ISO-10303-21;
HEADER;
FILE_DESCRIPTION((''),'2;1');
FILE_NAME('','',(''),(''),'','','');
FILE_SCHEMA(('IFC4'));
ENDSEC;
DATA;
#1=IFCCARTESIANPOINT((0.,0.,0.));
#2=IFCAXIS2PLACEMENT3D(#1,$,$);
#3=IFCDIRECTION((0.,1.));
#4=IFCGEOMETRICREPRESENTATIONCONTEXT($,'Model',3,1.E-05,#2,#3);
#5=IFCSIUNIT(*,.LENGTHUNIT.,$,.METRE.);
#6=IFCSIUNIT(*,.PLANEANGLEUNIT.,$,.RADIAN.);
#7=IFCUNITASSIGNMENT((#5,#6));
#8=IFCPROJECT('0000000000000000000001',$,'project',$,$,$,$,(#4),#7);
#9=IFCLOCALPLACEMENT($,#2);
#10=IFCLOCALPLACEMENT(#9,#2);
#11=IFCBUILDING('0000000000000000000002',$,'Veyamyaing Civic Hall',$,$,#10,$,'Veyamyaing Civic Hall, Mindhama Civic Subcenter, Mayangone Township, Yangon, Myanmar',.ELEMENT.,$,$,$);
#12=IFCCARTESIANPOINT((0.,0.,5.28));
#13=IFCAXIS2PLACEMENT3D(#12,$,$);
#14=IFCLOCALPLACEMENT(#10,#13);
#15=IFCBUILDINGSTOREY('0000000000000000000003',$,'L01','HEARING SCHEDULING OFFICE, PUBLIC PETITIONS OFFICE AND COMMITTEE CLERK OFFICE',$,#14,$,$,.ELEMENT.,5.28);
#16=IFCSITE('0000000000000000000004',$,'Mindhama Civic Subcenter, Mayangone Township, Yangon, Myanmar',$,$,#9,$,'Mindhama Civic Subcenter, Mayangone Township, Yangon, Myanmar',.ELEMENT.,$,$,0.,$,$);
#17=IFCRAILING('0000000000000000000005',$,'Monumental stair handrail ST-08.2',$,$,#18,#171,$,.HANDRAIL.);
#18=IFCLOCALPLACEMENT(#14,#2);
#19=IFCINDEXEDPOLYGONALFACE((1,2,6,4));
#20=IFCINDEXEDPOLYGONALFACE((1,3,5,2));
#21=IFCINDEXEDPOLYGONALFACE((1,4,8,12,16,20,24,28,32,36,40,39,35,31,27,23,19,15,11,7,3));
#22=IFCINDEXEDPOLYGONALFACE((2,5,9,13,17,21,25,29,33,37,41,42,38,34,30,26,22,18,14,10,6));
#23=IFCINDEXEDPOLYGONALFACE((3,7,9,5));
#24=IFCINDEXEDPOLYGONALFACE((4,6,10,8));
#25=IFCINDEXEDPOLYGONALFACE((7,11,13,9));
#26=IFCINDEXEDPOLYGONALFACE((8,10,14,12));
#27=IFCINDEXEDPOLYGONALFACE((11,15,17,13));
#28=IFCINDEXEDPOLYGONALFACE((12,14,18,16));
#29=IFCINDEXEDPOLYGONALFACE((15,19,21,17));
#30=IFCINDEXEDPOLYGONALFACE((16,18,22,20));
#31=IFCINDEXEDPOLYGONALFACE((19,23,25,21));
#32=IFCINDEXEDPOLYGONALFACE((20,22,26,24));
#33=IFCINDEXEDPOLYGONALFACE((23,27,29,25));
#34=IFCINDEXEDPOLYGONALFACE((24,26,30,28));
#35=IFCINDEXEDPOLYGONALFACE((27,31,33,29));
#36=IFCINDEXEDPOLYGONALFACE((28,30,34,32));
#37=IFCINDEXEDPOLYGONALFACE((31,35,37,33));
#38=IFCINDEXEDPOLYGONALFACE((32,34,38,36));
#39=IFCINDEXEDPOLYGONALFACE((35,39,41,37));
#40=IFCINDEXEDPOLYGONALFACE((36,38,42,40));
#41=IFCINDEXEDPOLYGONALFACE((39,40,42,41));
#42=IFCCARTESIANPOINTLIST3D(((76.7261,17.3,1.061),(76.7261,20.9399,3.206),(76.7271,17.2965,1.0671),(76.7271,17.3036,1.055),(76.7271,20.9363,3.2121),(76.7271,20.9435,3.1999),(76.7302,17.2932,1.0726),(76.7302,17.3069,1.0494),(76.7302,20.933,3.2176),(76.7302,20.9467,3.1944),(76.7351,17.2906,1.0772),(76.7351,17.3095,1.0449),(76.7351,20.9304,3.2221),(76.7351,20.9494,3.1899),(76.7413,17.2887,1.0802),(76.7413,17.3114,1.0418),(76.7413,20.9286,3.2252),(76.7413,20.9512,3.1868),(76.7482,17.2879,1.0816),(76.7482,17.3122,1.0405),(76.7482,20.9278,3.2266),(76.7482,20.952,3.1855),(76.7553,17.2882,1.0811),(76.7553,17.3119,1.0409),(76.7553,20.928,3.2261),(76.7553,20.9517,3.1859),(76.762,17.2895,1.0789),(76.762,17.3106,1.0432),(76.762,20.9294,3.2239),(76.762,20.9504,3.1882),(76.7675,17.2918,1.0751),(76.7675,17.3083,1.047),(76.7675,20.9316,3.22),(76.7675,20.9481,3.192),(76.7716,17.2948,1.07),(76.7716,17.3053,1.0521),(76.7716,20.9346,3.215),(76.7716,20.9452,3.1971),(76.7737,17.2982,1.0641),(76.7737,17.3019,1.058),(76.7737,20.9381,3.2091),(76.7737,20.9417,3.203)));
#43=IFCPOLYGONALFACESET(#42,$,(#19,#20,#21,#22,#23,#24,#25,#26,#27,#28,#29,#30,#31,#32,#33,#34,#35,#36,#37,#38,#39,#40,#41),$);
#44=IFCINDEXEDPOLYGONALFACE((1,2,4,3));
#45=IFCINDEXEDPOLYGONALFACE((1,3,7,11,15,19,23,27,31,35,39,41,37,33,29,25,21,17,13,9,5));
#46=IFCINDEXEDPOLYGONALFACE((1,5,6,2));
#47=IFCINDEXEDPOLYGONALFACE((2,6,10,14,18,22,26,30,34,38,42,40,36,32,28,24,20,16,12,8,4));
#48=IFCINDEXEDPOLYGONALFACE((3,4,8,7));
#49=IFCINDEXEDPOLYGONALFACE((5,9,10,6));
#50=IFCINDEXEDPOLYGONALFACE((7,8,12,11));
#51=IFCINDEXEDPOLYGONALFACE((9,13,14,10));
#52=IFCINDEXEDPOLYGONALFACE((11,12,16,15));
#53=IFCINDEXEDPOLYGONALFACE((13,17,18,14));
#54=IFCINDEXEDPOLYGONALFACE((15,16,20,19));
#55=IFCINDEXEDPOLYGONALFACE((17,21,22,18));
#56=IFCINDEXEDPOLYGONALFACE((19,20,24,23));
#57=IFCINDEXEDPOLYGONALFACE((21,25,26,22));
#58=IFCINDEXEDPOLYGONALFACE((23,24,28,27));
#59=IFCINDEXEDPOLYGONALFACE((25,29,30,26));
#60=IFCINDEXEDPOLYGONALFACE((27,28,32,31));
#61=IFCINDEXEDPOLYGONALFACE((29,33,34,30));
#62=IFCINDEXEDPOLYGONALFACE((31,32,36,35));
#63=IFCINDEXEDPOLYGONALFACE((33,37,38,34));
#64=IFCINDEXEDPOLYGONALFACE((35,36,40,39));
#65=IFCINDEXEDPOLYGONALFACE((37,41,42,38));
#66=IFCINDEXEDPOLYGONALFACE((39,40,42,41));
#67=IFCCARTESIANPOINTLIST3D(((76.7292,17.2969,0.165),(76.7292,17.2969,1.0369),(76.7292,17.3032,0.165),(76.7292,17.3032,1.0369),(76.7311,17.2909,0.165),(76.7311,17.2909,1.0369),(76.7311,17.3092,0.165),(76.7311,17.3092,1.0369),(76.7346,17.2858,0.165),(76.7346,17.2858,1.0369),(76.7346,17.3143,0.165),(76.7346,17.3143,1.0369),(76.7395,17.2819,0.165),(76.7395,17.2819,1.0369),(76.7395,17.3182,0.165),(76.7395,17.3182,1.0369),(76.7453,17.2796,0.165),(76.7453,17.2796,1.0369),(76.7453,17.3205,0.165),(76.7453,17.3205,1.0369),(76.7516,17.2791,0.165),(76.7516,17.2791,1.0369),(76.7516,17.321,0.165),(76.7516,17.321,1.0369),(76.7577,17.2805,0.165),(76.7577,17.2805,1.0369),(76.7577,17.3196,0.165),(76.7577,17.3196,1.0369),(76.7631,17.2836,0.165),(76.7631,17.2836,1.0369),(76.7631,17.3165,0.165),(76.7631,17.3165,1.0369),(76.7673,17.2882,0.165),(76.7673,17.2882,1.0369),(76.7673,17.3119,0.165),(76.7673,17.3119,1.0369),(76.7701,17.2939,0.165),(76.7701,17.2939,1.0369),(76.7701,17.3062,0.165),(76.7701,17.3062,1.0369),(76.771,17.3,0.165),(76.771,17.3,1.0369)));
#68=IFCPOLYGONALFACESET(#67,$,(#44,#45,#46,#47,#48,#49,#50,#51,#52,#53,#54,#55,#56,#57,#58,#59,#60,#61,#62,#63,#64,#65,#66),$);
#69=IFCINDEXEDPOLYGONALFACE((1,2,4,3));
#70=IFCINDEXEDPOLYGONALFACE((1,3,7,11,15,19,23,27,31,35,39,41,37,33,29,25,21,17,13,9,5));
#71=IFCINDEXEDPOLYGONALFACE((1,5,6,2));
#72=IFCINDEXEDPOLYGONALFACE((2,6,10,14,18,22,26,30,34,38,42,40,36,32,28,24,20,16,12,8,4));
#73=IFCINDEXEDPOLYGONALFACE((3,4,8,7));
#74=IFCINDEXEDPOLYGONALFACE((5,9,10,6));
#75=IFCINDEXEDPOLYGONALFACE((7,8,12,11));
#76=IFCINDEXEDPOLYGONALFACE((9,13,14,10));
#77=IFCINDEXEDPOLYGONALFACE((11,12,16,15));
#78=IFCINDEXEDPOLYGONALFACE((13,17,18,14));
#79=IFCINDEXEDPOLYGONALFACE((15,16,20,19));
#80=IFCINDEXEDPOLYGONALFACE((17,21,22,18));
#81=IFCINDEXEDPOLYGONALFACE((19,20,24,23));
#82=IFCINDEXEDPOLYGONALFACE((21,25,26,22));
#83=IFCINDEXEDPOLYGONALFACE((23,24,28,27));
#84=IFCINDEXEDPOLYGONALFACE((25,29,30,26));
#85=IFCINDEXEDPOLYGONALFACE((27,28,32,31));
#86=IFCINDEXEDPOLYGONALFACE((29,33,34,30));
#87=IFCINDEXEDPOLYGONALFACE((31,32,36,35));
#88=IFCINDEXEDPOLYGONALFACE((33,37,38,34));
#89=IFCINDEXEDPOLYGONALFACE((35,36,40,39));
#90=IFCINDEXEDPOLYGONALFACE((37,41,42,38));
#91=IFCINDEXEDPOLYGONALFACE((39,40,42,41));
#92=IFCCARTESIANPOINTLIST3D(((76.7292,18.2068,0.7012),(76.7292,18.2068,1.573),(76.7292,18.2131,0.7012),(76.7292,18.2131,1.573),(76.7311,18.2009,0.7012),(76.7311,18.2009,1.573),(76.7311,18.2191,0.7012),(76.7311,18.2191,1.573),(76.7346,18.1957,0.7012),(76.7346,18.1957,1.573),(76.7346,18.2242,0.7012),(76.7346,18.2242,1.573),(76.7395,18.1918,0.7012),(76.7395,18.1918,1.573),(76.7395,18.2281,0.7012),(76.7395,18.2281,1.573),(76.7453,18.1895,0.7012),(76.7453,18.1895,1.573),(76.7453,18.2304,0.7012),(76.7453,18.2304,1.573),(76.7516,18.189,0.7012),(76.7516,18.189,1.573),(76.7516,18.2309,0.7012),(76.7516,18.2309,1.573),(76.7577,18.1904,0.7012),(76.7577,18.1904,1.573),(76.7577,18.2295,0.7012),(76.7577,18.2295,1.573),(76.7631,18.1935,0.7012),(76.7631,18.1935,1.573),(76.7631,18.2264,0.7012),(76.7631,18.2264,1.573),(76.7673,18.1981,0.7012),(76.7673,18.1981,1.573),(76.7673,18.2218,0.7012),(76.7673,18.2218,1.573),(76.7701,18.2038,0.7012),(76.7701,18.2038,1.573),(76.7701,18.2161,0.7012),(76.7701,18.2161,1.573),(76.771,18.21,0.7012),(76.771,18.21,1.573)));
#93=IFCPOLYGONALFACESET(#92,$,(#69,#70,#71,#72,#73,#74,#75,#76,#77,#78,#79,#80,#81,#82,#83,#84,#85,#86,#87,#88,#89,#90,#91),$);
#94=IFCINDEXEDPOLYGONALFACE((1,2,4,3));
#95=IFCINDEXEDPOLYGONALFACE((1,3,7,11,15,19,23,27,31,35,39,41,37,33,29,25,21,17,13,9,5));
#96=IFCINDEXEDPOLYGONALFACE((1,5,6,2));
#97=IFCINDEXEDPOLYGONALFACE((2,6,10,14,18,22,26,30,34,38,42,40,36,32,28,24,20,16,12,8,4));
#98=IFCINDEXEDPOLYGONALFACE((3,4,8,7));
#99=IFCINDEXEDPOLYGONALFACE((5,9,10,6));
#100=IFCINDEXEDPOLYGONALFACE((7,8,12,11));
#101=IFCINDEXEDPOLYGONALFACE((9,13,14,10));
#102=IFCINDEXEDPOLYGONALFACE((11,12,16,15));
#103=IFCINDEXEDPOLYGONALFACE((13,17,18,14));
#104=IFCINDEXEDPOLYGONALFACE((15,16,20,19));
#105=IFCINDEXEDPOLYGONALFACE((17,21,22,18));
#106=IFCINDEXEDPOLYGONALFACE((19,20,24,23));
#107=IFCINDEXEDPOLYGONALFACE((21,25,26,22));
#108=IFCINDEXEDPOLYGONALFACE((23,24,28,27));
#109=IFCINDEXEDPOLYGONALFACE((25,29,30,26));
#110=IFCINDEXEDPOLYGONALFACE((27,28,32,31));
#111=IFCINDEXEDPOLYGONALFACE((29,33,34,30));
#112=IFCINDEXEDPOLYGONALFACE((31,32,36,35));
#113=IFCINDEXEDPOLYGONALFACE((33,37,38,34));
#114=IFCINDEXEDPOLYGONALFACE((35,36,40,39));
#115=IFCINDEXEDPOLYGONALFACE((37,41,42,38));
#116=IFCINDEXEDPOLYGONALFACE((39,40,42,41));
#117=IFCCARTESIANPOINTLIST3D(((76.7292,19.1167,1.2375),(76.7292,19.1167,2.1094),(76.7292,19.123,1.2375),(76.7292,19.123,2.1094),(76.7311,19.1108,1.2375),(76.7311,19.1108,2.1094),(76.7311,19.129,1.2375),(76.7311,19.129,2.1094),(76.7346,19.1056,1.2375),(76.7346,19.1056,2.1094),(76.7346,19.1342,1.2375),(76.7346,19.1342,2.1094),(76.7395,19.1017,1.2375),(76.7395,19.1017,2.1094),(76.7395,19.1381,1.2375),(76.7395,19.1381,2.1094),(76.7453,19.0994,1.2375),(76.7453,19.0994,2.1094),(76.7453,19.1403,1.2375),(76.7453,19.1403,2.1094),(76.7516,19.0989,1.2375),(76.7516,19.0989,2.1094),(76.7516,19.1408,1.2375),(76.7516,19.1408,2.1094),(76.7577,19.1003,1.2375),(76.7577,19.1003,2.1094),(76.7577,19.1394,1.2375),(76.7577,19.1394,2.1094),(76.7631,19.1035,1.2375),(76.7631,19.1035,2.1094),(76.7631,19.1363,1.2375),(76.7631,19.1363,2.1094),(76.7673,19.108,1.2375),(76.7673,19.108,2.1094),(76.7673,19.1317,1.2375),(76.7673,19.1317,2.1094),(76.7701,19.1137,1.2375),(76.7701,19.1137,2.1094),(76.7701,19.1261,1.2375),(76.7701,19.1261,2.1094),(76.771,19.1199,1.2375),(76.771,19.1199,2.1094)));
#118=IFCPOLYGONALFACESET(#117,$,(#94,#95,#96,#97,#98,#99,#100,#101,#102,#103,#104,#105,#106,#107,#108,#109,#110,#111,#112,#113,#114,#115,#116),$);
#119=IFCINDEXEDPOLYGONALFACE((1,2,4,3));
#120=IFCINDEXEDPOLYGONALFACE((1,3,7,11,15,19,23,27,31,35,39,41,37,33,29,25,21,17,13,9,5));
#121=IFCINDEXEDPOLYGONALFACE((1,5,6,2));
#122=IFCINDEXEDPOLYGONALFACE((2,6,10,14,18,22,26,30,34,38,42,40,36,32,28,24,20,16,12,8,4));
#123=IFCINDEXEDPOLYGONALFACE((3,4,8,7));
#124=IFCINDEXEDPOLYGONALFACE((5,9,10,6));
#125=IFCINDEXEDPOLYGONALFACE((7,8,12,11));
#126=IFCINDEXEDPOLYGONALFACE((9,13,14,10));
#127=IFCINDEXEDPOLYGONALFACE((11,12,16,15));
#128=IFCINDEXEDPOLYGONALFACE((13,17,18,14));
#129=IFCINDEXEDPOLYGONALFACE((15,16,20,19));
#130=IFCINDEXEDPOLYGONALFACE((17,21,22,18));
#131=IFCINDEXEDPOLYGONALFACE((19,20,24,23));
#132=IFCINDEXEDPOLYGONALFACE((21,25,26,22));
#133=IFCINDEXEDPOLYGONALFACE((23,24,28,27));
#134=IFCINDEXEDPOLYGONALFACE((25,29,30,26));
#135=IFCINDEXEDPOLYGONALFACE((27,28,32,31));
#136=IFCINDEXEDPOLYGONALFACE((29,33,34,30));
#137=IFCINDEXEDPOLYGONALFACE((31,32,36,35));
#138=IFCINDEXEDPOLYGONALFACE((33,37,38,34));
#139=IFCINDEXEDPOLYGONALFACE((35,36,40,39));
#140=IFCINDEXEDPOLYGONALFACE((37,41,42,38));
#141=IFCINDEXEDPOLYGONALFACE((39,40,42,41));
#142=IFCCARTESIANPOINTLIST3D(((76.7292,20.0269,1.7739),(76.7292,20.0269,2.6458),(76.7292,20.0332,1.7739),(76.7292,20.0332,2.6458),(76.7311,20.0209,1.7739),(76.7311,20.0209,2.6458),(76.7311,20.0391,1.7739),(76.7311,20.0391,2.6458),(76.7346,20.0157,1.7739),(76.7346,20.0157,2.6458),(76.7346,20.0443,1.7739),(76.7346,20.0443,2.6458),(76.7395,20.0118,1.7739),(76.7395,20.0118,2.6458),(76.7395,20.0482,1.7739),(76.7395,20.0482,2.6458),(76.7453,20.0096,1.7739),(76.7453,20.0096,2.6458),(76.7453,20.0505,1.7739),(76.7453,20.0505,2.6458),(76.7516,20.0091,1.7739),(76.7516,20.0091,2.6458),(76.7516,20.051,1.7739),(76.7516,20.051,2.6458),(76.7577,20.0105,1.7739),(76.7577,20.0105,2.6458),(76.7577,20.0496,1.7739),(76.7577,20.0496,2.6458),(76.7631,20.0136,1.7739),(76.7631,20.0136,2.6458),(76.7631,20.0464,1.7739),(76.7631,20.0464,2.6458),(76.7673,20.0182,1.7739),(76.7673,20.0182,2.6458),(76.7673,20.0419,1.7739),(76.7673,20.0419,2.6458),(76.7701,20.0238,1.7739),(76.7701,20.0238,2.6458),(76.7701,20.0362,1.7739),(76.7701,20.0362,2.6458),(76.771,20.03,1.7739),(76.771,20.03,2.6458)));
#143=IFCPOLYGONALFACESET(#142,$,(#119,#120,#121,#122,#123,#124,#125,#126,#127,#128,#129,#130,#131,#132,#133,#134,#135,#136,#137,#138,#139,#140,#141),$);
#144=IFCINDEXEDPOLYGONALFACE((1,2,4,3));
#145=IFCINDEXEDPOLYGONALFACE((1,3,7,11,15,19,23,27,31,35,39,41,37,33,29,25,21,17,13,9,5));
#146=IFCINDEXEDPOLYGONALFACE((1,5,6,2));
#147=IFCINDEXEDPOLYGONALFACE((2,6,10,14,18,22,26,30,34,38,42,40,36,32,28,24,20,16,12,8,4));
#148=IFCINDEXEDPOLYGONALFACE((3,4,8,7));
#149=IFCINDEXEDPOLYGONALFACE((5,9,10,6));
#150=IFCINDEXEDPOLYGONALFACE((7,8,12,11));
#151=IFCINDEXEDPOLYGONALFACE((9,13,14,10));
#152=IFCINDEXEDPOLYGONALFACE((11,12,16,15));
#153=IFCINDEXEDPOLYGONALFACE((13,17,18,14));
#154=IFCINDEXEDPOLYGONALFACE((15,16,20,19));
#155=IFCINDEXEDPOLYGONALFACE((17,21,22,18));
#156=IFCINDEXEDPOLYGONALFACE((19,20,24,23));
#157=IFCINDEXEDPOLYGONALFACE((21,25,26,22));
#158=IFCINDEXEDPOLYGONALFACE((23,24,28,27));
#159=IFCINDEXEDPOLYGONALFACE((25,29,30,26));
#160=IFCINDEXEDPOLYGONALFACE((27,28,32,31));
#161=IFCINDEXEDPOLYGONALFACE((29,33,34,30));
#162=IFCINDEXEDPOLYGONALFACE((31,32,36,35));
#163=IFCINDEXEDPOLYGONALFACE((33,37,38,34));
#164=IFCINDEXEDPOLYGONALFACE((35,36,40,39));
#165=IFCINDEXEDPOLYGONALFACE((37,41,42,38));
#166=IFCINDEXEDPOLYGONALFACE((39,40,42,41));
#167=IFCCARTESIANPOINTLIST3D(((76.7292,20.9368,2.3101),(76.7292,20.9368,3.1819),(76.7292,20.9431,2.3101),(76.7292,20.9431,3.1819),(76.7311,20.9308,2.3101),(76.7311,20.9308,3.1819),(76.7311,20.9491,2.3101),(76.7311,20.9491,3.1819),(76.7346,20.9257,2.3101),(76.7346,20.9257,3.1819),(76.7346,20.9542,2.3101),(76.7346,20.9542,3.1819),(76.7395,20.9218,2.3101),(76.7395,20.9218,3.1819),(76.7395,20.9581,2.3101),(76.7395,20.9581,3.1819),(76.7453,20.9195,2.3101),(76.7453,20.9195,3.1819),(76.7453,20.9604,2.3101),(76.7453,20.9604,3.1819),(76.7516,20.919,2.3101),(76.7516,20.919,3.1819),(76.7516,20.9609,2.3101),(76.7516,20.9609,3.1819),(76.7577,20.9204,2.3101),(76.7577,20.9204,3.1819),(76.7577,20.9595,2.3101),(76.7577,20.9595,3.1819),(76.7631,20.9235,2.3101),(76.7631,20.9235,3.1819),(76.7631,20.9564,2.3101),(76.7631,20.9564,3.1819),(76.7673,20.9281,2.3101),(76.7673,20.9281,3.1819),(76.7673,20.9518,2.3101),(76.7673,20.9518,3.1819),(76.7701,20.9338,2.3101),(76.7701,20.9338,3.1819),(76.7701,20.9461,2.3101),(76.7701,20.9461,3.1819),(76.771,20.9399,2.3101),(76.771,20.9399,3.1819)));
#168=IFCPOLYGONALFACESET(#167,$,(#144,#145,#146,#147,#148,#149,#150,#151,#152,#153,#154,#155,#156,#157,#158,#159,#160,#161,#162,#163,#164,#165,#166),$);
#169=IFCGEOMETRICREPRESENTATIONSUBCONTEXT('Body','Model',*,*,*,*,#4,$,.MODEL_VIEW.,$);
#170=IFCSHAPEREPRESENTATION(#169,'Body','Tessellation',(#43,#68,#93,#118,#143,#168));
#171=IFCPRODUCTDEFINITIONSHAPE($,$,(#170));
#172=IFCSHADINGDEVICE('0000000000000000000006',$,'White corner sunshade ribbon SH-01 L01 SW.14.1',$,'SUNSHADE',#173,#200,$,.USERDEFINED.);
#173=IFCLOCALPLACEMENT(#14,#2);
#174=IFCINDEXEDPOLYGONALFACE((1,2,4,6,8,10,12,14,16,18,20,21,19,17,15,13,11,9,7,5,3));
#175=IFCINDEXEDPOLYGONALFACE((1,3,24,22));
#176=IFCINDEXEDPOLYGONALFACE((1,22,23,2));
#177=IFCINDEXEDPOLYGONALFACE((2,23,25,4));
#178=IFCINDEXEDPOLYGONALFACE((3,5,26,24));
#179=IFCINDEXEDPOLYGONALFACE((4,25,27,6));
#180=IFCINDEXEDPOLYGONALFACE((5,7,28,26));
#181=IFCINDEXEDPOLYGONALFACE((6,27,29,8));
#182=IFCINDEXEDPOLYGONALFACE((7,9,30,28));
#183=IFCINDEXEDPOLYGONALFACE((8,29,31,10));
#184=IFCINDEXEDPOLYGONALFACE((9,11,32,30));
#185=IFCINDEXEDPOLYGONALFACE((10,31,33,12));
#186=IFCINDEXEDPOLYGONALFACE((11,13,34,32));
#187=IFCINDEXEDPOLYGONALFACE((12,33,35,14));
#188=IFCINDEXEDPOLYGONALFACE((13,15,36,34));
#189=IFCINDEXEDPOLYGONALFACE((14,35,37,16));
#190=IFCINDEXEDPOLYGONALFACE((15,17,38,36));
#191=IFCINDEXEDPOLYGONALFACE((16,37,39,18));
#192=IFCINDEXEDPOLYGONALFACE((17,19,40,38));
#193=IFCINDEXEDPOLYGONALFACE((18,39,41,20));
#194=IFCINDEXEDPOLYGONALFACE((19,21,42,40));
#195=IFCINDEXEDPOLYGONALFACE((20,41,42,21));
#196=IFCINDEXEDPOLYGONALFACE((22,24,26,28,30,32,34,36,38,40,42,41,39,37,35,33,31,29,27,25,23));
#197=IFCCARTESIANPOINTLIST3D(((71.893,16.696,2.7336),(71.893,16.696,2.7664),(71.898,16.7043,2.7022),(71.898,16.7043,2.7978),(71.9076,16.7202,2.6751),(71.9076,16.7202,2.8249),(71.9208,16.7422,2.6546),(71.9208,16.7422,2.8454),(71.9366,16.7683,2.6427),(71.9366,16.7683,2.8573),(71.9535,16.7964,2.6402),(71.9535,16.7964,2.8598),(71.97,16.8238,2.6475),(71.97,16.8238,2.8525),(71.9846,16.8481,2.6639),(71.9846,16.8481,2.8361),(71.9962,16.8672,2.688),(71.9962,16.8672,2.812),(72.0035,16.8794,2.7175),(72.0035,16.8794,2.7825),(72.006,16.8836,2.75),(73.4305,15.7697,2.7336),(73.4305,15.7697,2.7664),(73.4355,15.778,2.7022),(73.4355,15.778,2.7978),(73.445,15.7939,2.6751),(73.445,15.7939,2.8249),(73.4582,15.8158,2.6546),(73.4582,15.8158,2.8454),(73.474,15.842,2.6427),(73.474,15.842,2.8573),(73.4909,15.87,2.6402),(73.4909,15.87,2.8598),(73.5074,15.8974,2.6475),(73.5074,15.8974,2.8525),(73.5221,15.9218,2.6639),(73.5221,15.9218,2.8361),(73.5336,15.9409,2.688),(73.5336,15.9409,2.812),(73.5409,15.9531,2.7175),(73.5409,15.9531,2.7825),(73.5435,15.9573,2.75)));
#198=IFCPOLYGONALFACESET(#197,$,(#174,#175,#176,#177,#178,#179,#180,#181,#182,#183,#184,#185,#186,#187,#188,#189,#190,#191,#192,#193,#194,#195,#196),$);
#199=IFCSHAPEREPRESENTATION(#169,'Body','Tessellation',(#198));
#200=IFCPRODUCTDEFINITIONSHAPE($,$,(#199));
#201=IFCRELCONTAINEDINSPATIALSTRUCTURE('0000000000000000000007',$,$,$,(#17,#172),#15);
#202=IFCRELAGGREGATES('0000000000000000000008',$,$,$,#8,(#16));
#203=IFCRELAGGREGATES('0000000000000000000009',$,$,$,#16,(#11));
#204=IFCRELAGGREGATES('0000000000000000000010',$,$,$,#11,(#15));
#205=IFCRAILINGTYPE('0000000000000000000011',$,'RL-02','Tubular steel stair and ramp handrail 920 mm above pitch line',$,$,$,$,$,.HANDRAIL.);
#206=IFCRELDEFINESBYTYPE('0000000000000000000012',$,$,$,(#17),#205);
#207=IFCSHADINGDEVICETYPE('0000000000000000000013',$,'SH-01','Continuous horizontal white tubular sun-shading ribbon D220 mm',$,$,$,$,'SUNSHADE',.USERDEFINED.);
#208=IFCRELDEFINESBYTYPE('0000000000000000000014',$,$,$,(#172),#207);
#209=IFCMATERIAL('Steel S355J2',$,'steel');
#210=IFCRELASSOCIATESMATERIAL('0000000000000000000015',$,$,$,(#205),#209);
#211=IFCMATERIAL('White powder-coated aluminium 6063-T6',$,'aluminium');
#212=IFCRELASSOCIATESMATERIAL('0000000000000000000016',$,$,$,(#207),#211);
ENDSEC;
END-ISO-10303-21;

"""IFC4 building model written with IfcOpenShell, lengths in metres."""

from ifc_helpers import new_model, si_unit, direction, frame, origin, origin_2d, place, context, subcontext, project, spatial, circle, extrude, material, material_profile, profile_set, type_object, element, save


model = new_model("IFC4")

# Units and contexts
model_context = context("Model", 3, precision=1e-05, world=origin(), true_north=direction((0.0, 1.0)))
body_context = subcontext(model_context, "Body", "Model", "MODEL_VIEW")
ifc_project = project(units=[si_unit("LENGTHUNIT", "METRE"), si_unit("PLANEANGLEUNIT", "RADIAN")], contexts=[model_context])

# Site, building, storey
site_placement = place(None, origin())
site = spatial("IfcSite", under=ifc_project, at=site_placement, Name="Mindhama Civic Subcenter, Mayangone Township, Yangon, Myanmar", LongName="Mindhama Civic Subcenter, Mayangone Township, Yangon, Myanmar", CompositionType="ELEMENT", RefElevation=0.0)
building_placement = place(site_placement, origin())
building = spatial("IfcBuilding", under=site, at=building_placement, Name="Veyamyaing Civic Hall", LongName="Veyamyaing Civic Hall, Mindhama Civic Subcenter, Mayangone Township, Yangon, Myanmar", CompositionType="ELEMENT")
storey_placement = place(building_placement, frame((0.0, 0.0, 5.28)))
storey = spatial("IfcBuildingStorey", under=building, at=storey_placement, Name="L01", Description="HEARING SCHEDULING OFFICE, PUBLIC PETITIONS OFFICE AND COMMITTEE CLERK OFFICE", CompositionType="ELEMENT", Elevation=5.28)

# Shared definitions
ifc_material_1 = material(Name="White powder-coated aluminium 6063-T6", Category="aluminium")

# Railing
ifc_material_2 = material(Name="Steel S355J2", Category="steel")
railing_type = type_object("IfcRailingType", Name="RL-02", Description="Tubular steel stair and ramp handrail 920 mm above pitch line", PredefinedType="HANDRAIL", material=ifc_material_2)
for number, where, name in (
    (1, (76.75, 17.3, 0.165), "Monumental stair handrail ST-08.2"),
):
    element("IfcRailing", number, at=place(storey_placement, frame(where)), inside=storey, type_object=railing_type, Name=name, PredefinedType="HANDRAIL", context=body_context, shape_type="SweptSolid", body=[
        extrude(circle(Radius=0.0239, at=origin_2d()), frame((0.0, 0.0, 0.896), z_axis=(0.0, 0.86153, 0.507707), x_axis=(-1.0, 0.0, 0.0)), (0.0, 0.0, 1.0), 4.2249),
        extrude(circle(Radius=0.021, at=origin_2d()), origin(), (0.0, 0.0, 1.0), 0.8718),
        extrude(circle(Radius=0.021, at=origin_2d()), frame((0.0, 0.9099, 0.5361)), (0.0, 0.0, 1.0), 0.8718),
        extrude(circle(Radius=0.021, at=origin_2d()), frame((0.0, 1.8198, 1.0725)), (0.0, 0.0, 1.0), 0.8718),
        extrude(circle(Radius=0.021, at=origin_2d()), frame((0.0, 2.73, 1.6089)), (0.0, 0.0, 1.0), 0.8718),
        extrude(circle(Radius=0.021, at=origin_2d()), frame((0.0, 3.6399, 2.145)), (0.0, 0.0, 1.0), 0.8718),
    ])

# Shading device
ifc_material_profile_1 = material_profile(ifc_material_1, circle(Radius=0.1101, at=origin_2d()), Name="SHADE-TUBE-220")
ifc_profile_set_1 = profile_set([ifc_material_profile_1], Name="White powder-coated aluminium 6063-T6")
shading_device_type = type_object("IfcShadingDeviceType", Name="SH-01", Description="Continuous horizontal white tubular sun-shading ribbon D220 mm", ElementType="SUNSHADE", PredefinedType="USERDEFINED", material=ifc_profile_set_1)
for number, where, z_axis, x_axis, name in (
    (2, (71.9492, 16.7893, 2.75), (0.856543, -0.516075, 0.0), (0.516075, 0.856543, 0.0), "White corner sunshade ribbon SH-01 L01 SW.14.1"),
):
    element("IfcShadingDevice", number, at=place(storey_placement, frame(where, z_axis=z_axis, x_axis=x_axis)), inside=storey, type_object=shading_device_type, Name=name, ObjectType="SUNSHADE", PredefinedType="USERDEFINED", context=body_context, shape_type="SweptSolid", body=[
        extrude(circle(Radius=0.1101, at=origin_2d()), origin(), (0.0, 0.0, 1.0), 1.7949),
    ])

save(model, "model.ifc")
